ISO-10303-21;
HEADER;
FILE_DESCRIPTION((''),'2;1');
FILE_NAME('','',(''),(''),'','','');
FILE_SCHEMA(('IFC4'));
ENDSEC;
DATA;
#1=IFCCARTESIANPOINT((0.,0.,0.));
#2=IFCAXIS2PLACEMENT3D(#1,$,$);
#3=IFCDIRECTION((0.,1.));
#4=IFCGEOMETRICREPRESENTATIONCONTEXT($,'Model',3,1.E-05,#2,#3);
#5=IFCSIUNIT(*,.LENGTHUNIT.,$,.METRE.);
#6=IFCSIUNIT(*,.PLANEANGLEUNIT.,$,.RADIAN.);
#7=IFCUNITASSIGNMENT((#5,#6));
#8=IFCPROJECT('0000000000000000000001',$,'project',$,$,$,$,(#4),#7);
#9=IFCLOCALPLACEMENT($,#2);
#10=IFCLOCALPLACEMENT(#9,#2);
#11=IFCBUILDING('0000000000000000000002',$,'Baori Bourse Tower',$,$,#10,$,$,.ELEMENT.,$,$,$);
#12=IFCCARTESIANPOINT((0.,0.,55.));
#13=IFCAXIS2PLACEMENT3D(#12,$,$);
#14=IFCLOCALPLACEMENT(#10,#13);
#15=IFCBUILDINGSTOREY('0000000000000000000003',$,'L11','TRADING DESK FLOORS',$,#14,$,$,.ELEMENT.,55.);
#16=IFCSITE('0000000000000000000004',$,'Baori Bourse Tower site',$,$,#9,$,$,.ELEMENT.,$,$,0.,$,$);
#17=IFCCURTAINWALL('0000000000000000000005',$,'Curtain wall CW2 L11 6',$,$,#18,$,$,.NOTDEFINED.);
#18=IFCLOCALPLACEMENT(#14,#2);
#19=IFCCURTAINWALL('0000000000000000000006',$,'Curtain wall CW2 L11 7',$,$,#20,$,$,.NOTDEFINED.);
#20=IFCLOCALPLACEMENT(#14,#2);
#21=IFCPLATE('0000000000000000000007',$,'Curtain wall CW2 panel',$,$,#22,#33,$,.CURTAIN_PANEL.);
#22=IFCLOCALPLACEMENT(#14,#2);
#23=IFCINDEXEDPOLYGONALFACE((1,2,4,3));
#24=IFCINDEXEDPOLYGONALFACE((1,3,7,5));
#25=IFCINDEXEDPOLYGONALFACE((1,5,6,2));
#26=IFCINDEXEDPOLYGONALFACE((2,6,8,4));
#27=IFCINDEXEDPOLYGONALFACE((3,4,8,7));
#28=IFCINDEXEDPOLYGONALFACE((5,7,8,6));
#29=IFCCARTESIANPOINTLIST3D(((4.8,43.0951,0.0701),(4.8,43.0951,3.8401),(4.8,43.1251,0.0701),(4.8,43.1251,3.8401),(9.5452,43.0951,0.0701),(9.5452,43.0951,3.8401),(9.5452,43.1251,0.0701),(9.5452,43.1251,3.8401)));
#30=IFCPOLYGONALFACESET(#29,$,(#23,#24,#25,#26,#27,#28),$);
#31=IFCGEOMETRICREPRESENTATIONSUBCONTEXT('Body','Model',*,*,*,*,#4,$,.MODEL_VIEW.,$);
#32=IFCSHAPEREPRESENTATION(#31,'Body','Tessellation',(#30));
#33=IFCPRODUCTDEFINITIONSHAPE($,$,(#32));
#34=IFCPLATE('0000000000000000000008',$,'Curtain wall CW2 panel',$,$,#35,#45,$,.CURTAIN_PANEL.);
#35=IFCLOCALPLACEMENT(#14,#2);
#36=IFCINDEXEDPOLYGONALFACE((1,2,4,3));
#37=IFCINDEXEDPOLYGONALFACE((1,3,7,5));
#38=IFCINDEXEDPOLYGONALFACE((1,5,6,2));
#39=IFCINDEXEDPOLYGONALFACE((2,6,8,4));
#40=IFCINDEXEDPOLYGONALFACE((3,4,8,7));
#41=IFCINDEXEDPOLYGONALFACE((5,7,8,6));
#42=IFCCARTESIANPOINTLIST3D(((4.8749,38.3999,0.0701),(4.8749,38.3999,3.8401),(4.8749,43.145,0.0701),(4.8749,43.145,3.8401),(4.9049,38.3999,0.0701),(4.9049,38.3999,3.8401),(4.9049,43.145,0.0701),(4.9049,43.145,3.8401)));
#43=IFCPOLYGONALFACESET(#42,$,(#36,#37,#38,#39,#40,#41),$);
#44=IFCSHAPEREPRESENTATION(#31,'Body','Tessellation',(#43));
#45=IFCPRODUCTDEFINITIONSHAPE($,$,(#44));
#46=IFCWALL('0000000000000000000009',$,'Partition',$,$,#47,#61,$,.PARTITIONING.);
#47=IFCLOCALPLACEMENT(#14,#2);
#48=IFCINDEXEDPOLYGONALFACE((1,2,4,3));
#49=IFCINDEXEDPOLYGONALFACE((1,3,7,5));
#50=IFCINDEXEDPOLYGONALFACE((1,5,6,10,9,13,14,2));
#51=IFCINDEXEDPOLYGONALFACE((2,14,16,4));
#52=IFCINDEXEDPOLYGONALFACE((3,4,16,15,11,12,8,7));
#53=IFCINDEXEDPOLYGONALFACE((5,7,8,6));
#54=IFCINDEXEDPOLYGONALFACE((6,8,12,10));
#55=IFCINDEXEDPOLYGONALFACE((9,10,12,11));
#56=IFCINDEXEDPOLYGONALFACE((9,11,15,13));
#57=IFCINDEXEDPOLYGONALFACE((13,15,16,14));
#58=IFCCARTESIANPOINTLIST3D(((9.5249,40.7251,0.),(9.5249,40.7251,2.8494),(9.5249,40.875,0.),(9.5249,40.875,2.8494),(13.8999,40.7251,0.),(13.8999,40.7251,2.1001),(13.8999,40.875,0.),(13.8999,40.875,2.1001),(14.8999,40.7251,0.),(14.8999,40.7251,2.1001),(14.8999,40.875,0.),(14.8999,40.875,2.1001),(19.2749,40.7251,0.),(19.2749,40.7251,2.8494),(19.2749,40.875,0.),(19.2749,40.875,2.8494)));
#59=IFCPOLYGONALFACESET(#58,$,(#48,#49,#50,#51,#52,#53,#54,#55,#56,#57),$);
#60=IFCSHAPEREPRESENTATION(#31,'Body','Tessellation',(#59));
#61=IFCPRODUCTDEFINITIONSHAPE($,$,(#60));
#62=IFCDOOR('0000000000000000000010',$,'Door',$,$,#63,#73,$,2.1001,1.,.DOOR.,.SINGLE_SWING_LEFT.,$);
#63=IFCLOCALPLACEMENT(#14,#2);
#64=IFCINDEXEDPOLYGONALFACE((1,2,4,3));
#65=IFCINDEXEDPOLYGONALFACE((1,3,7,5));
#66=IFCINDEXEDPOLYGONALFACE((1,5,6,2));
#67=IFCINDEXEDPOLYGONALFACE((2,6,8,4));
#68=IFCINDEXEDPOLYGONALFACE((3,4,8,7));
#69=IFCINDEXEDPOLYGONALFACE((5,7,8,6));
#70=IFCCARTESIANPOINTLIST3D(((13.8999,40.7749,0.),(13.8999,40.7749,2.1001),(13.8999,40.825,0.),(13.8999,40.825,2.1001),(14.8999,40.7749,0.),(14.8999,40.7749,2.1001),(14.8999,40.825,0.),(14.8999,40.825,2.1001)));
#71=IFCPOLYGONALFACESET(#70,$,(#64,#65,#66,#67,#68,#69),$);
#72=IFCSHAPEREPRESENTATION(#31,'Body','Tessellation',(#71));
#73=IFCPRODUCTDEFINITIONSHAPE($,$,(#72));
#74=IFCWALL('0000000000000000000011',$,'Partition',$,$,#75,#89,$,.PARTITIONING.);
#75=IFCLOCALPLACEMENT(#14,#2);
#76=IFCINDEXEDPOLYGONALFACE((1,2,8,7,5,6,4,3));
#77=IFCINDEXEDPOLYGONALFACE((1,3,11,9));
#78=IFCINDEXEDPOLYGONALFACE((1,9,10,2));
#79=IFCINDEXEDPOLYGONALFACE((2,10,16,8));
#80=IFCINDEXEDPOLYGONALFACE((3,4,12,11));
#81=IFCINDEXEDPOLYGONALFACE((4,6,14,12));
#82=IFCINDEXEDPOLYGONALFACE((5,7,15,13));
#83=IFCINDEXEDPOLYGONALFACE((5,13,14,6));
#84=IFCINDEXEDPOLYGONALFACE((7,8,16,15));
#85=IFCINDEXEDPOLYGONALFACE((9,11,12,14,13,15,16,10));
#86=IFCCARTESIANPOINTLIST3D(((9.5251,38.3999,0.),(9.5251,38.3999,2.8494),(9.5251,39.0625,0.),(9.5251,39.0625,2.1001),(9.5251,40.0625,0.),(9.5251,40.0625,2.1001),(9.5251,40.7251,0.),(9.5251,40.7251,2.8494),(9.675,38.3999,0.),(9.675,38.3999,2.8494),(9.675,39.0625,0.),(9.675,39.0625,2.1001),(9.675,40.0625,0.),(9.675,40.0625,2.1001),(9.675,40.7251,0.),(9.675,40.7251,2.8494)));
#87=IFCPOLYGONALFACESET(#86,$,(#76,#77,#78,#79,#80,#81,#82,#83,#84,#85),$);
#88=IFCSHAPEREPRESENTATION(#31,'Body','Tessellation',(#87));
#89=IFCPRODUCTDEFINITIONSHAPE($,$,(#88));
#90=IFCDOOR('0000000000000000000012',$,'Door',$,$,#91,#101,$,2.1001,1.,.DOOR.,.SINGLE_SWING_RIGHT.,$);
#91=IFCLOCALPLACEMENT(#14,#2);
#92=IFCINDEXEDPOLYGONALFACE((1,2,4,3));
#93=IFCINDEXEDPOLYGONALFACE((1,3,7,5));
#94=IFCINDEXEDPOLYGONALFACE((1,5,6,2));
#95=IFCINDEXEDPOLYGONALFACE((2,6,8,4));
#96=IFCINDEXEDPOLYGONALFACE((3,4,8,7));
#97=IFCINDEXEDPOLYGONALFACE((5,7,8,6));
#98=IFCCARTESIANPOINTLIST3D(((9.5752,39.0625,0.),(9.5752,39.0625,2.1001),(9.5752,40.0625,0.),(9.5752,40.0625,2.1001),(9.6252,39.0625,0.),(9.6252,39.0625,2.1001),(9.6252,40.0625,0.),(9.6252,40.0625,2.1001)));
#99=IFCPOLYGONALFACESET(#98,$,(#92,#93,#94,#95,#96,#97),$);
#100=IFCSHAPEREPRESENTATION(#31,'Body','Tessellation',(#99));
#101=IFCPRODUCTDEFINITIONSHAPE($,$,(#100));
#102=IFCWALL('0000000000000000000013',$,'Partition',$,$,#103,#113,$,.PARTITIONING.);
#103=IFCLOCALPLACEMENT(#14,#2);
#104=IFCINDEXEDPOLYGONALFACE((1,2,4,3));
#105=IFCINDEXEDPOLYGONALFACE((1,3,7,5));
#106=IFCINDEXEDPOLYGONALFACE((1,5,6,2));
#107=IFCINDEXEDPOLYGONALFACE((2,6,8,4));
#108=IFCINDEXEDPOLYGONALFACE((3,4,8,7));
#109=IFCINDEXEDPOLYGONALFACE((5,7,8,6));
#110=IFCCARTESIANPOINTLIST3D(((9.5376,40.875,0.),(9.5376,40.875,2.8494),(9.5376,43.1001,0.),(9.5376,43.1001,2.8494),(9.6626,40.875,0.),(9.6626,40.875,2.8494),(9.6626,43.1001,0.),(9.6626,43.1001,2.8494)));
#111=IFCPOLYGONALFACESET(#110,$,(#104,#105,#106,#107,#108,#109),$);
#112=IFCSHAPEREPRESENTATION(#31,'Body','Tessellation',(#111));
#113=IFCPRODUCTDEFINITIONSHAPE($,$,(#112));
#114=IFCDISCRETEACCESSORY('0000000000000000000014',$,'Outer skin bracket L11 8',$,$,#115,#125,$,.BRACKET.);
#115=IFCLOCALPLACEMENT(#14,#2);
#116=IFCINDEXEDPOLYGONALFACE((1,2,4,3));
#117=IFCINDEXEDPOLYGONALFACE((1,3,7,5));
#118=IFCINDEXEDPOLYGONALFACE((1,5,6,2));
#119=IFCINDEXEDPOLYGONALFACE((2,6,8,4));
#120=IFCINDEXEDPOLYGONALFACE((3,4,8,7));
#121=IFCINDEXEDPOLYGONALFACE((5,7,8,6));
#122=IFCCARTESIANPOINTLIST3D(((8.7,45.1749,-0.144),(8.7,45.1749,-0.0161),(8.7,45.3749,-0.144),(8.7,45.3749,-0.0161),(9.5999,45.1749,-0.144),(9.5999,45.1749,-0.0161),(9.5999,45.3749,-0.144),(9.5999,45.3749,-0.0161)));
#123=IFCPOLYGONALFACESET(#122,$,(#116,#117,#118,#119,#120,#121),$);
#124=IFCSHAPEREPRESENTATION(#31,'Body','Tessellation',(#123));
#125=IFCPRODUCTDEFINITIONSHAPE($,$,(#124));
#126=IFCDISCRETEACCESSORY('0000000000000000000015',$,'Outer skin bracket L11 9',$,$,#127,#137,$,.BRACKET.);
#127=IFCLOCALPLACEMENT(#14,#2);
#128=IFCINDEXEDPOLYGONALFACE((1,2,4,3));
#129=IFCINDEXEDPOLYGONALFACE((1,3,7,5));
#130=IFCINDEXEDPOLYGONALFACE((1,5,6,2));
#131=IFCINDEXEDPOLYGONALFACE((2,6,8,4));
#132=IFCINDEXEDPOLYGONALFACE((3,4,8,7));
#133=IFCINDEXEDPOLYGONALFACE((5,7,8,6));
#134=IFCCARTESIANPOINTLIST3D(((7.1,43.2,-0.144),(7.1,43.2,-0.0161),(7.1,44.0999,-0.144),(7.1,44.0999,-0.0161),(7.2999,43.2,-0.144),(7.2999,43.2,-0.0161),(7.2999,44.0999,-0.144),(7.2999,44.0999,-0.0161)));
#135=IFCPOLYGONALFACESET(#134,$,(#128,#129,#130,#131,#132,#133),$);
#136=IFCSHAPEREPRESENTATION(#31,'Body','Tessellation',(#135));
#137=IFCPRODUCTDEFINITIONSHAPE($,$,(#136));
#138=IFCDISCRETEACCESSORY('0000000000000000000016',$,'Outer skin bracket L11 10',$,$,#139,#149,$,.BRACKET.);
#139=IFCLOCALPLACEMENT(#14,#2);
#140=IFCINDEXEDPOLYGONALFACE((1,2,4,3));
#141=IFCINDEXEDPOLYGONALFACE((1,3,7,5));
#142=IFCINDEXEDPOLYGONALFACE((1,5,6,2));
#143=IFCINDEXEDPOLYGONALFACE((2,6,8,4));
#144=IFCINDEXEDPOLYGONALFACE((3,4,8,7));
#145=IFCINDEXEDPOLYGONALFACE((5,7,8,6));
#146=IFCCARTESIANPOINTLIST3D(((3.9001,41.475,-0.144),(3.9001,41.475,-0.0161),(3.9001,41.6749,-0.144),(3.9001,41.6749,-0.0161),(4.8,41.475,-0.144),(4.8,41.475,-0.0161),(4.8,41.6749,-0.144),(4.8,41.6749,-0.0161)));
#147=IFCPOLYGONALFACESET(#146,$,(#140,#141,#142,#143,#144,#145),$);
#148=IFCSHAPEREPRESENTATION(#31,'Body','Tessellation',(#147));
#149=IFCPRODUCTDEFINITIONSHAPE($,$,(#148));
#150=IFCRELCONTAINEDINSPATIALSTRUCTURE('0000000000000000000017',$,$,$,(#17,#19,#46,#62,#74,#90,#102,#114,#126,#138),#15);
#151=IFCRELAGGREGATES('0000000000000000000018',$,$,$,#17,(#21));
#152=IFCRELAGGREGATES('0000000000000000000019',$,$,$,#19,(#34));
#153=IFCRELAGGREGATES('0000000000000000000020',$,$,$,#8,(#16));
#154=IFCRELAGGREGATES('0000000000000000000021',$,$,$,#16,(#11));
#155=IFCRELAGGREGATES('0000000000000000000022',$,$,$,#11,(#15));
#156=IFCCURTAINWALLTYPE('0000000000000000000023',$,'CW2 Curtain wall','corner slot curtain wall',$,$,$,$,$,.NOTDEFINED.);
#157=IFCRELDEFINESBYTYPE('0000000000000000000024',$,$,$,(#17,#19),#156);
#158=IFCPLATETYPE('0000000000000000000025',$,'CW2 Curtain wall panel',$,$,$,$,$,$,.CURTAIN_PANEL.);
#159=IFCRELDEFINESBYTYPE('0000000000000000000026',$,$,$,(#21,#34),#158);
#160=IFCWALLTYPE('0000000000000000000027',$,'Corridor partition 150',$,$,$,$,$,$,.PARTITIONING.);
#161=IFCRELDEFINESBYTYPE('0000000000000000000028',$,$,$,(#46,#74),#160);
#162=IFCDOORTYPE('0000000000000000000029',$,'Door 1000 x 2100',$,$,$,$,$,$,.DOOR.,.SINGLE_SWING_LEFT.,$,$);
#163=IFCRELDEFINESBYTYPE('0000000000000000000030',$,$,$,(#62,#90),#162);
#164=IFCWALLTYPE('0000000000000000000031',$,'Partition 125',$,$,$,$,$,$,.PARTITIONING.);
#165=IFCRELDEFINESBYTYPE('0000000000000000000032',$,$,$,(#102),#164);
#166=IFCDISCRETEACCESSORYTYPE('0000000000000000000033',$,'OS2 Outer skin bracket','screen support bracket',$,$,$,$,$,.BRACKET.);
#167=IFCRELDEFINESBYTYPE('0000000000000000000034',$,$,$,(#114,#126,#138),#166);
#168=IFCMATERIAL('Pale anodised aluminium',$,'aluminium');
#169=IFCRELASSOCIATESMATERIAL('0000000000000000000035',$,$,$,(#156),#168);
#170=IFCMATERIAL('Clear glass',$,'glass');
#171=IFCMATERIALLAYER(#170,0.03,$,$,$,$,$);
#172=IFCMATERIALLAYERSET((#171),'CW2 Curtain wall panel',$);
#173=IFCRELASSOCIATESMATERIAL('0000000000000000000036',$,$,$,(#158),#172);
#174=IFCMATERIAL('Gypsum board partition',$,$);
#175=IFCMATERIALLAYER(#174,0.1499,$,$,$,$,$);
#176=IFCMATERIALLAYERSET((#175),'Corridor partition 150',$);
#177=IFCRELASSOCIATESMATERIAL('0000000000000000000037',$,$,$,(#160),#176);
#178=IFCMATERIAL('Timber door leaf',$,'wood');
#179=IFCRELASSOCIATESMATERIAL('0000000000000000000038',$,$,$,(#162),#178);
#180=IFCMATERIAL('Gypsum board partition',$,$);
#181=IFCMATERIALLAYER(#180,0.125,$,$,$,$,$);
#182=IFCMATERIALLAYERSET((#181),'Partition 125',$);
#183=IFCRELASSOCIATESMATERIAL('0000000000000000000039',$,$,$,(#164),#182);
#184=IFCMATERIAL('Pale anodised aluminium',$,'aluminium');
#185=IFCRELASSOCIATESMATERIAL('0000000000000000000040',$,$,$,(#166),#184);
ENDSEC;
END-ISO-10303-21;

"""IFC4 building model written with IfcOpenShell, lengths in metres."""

from ifc_helpers import new_model, si_unit, direction, frame, frame_2d, origin, origin_2d, place, context, subcontext, project, spatial, rectangle, extrude, material, layer, layer_set, type_object, element, fill, aggregate, save


model = new_model("IFC4")

# Units and contexts
model_context = context("Model", 3, precision=1e-05, world=origin(), true_north=direction((0.0, 1.0)))
body_context = subcontext(model_context, "Body", "Model", "MODEL_VIEW")
ifc_project = project(units=[si_unit("LENGTHUNIT", "METRE"), si_unit("PLANEANGLEUNIT", "RADIAN")], contexts=[model_context])

# Site, building, storey
site_placement = place(None, origin())
site = spatial("IfcSite", under=ifc_project, at=site_placement, Name="Baori Bourse Tower site", CompositionType="ELEMENT", RefElevation=0.0)
building_placement = place(site_placement, origin())
building = spatial("IfcBuilding", under=site, at=building_placement, Name="Baori Bourse Tower", CompositionType="ELEMENT")
storey_placement = place(building_placement, frame((0.0, 0.0, 55.0)))
storey = spatial("IfcBuildingStorey", under=building, at=storey_placement, Name="L11", Description="TRADING DESK FLOORS", CompositionType="ELEMENT", Elevation=55.0)

# Curtain walls
ifc_material_1 = material(Name="Pale anodised aluminium", Category="aluminium")
curtain_wall_type = type_object("IfcCurtainWallType", Name="CW2 Curtain wall", Description="corner slot curtain wall", PredefinedType="NOTDEFINED", material=ifc_material_1)
curtain_wall_1_placement = place(storey_placement, origin())
curtain_wall_1 = element("IfcCurtainWall", 1, at=curtain_wall_1_placement, inside=storey, type_object=curtain_wall_type, Name="Curtain wall CW2 L11 6", PredefinedType="NOTDEFINED")
curtain_wall_2_placement = place(storey_placement, origin())
curtain_wall_2 = element("IfcCurtainWall", 2, at=curtain_wall_2_placement, inside=storey, type_object=curtain_wall_type, Name="Curtain wall CW2 L11 7", PredefinedType="NOTDEFINED")

# Plates
ifc_material_2 = material(Name="Clear glass", Category="glass")
ifc_layer_1 = layer(ifc_material_2, 0.03)
ifc_layer_set_1 = layer_set([ifc_layer_1], Name="CW2 Curtain wall panel")
plate_type = type_object("IfcPlateType", Name="CW2 Curtain wall panel", PredefinedType="CURTAIN_PANEL", material=ifc_layer_set_1)
plate_1_placement = place(storey_placement, frame((7.1726, 43.1101, 0.0701), z_axis=(0.0, 0.0, 1.0), x_axis=(-1.0, 0.0, 0.0)))
plate_1 = element("IfcPlate", 3, at=plate_1_placement, type_object=plate_type, Name="Curtain wall CW2 panel", PredefinedType="CURTAIN_PANEL", context=body_context, shape_type="SweptSolid", body=[
    extrude(rectangle(XDim=4.7451, YDim=0.03, at=origin_2d()), origin(), (0.0, 0.0, 1.0), 3.77),
])
aggregate(curtain_wall_1, [plate_1])
plate_2_placement = place(storey_placement, frame((4.8899, 40.7725, 0.0701), z_axis=(0.0, 0.0, 1.0), x_axis=(0.0, -1.0, 0.0)))
plate_2 = element("IfcPlate", 4, at=plate_2_placement, type_object=plate_type, Name="Curtain wall CW2 panel", PredefinedType="CURTAIN_PANEL", context=body_context, shape_type="SweptSolid", body=[
    extrude(rectangle(XDim=4.7451, YDim=0.03, at=origin_2d()), origin(), (0.0, 0.0, 1.0), 3.77),
])
aggregate(curtain_wall_2, [plate_2])

# Walls, openings, doors
ifc_material_3 = material(Name="Gypsum board partition")
ifc_layer_2 = layer(ifc_material_3, 0.1499)
ifc_layer_set_2 = layer_set([ifc_layer_2], Name="Corridor partition 150")
wall_type_1 = type_object("IfcWallType", Name="Corridor partition 150", PredefinedType="PARTITIONING", material=ifc_layer_set_2)
wall_1_placement = place(storey_placement, frame((9.5249, 40.8, 0.0), z_axis=(0.0, 0.0, 1.0), x_axis=(1.0, 0.0, 0.0)))
wall_1 = element("IfcWall", 5, at=wall_1_placement, inside=storey, type_object=wall_type_1, Name="Partition", PredefinedType="PARTITIONING", context=body_context, shape_type="SweptSolid", body=[
    extrude(rectangle(XDim=9.75, YDim=0.1499, at=frame_2d((4.875, 0.0))), origin(), (0.0, 0.0, 1.0), 2.8494),
])
opening_1_placement = place(wall_1_placement, frame((4.375, 0.0, 0.0)))
opening_1 = element("IfcOpeningElement", 6, at=opening_1_placement, cuts=wall_1, PredefinedType="OPENING", context=body_context, shape_type="SweptSolid", body=[
    extrude(rectangle(XDim=1.0, YDim=2.1001, at=frame_2d((0.5, 1.05))), frame((0.0, 0.085, 0.0), z_axis=(0.0, -1.0, 0.0), x_axis=(1.0, 0.0, 0.0)), (0.0, 0.0, 1.0), 0.1699),
])
ifc_material_4 = material(Name="Timber door leaf", Category="wood")
door_type = type_object("IfcDoorType", Name="Door 1000 x 2100", OperationType="SINGLE_SWING_LEFT", PredefinedType="DOOR", material=ifc_material_4)
door_1_placement = place(opening_1_placement, origin())
door_1 = element("IfcDoor", 7, at=door_1_placement, inside=storey, type_object=door_type, Name="Door", OperationType="SINGLE_SWING_LEFT", OverallHeight=2.1001, OverallWidth=1.0, PredefinedType="DOOR", context=body_context, shape_type="SweptSolid", body=[
    extrude(rectangle(XDim=1.0, YDim=2.1001, at=frame_2d((0.5, 1.05))), frame((0.0, 0.0249, 0.0), z_axis=(0.0, -1.0, 0.0), x_axis=(1.0, 0.0, 0.0)), (0.0, 0.0, 1.0), 0.05),
])
fill(opening_1, door_1)
wall_2_placement = place(storey_placement, frame((9.6001, 38.3999, 0.0), z_axis=(0.0, 0.0, 1.0), x_axis=(0.0, 1.0, 0.0)))
wall_2 = element("IfcWall", 8, at=wall_2_placement, inside=storey, type_object=wall_type_1, Name="Partition", PredefinedType="PARTITIONING", context=body_context, shape_type="SweptSolid", body=[
    extrude(rectangle(XDim=2.3252, YDim=0.1499, at=frame_2d((1.1626, 0.0))), origin(), (0.0, 0.0, 1.0), 2.8494),
])
opening_2_placement = place(wall_2_placement, frame((0.6626, 0.0, 0.0)))
opening_2 = element("IfcOpeningElement", 9, at=opening_2_placement, cuts=wall_2, PredefinedType="OPENING", context=body_context, shape_type="SweptSolid", body=[
    extrude(rectangle(XDim=1.0, YDim=2.1001, at=frame_2d((0.5, 1.05))), frame((0.0, 0.085, 0.0), z_axis=(0.0, -1.0, 0.0), x_axis=(1.0, 0.0, 0.0)), (0.0, 0.0, 1.0), 0.1699),
])
door_2_placement = place(opening_2_placement, origin())
door_2 = element("IfcDoor", 10, at=door_2_placement, inside=storey, type_object=door_type, Name="Door", OperationType="SINGLE_SWING_RIGHT", OverallHeight=2.1001, OverallWidth=1.0, PredefinedType="DOOR", context=body_context, shape_type="SweptSolid", body=[
    extrude(rectangle(XDim=1.0, YDim=2.1001, at=frame_2d((0.5, 1.05))), frame((0.0, 0.0249, 0.0), z_axis=(0.0, -1.0, 0.0), x_axis=(1.0, 0.0, 0.0)), (0.0, 0.0, 1.0), 0.05),
])
fill(opening_2, door_2)

# Wall
ifc_material_5 = material(Name="Gypsum board partition")
ifc_layer_3 = layer(ifc_material_5, 0.125)
ifc_layer_set_3 = layer_set([ifc_layer_3], Name="Partition 125")
wall_type_2 = type_object("IfcWallType", Name="Partition 125", PredefinedType="PARTITIONING", material=ifc_layer_set_3)
wall_3_placement = place(storey_placement, frame((9.6001, 40.875, 0.0), z_axis=(0.0, 0.0, 1.0), x_axis=(0.0, 1.0, 0.0)))
element("IfcWall", 11, at=wall_3_placement, inside=storey, type_object=wall_type_2, Name="Partition", PredefinedType="PARTITIONING", context=body_context, shape_type="SweptSolid", body=[
    extrude(rectangle(XDim=2.2251, YDim=0.125, at=frame_2d((1.1125, 0.0))), origin(), (0.0, 0.0, 1.0), 2.8494),
])

# Discrete accessories
ifc_material_6 = material(Name="Pale anodised aluminium", Category="aluminium")
discrete_accessory_type = type_object("IfcDiscreteAccessoryType", Name="OS2 Outer skin bracket", Description="screen support bracket", PredefinedType="BRACKET", material=ifc_material_6)
for number, where, z_axis, x_axis, name in (
    (12, (9.1499, 45.2749, -0.144), (0.0, 0.0, 1.0), (0.0, -1.0, 0.0), "Outer skin bracket L11 8"),
    (13, (7.2, 43.6499, -0.144), (0.0, 0.0, 1.0), (-1.0, 0.0, 0.0), "Outer skin bracket L11 9"),
    (14, (4.3501, 41.575, -0.144), (0.0, 0.0, 1.0), (0.0, -1.0, 0.0), "Outer skin bracket L11 10"),
):
    element("IfcDiscreteAccessory", number, at=place(storey_placement, frame(where, z_axis=z_axis, x_axis=x_axis)), inside=storey, type_object=discrete_accessory_type, Name=name, PredefinedType="BRACKET", context=body_context, shape_type="SweptSolid", body=[
        extrude(rectangle(XDim=0.2, YDim=0.8999, at=origin_2d()), origin(), (0.0, 0.0, 1.0), 0.1279),
    ])

save(model, "model.ifc")
